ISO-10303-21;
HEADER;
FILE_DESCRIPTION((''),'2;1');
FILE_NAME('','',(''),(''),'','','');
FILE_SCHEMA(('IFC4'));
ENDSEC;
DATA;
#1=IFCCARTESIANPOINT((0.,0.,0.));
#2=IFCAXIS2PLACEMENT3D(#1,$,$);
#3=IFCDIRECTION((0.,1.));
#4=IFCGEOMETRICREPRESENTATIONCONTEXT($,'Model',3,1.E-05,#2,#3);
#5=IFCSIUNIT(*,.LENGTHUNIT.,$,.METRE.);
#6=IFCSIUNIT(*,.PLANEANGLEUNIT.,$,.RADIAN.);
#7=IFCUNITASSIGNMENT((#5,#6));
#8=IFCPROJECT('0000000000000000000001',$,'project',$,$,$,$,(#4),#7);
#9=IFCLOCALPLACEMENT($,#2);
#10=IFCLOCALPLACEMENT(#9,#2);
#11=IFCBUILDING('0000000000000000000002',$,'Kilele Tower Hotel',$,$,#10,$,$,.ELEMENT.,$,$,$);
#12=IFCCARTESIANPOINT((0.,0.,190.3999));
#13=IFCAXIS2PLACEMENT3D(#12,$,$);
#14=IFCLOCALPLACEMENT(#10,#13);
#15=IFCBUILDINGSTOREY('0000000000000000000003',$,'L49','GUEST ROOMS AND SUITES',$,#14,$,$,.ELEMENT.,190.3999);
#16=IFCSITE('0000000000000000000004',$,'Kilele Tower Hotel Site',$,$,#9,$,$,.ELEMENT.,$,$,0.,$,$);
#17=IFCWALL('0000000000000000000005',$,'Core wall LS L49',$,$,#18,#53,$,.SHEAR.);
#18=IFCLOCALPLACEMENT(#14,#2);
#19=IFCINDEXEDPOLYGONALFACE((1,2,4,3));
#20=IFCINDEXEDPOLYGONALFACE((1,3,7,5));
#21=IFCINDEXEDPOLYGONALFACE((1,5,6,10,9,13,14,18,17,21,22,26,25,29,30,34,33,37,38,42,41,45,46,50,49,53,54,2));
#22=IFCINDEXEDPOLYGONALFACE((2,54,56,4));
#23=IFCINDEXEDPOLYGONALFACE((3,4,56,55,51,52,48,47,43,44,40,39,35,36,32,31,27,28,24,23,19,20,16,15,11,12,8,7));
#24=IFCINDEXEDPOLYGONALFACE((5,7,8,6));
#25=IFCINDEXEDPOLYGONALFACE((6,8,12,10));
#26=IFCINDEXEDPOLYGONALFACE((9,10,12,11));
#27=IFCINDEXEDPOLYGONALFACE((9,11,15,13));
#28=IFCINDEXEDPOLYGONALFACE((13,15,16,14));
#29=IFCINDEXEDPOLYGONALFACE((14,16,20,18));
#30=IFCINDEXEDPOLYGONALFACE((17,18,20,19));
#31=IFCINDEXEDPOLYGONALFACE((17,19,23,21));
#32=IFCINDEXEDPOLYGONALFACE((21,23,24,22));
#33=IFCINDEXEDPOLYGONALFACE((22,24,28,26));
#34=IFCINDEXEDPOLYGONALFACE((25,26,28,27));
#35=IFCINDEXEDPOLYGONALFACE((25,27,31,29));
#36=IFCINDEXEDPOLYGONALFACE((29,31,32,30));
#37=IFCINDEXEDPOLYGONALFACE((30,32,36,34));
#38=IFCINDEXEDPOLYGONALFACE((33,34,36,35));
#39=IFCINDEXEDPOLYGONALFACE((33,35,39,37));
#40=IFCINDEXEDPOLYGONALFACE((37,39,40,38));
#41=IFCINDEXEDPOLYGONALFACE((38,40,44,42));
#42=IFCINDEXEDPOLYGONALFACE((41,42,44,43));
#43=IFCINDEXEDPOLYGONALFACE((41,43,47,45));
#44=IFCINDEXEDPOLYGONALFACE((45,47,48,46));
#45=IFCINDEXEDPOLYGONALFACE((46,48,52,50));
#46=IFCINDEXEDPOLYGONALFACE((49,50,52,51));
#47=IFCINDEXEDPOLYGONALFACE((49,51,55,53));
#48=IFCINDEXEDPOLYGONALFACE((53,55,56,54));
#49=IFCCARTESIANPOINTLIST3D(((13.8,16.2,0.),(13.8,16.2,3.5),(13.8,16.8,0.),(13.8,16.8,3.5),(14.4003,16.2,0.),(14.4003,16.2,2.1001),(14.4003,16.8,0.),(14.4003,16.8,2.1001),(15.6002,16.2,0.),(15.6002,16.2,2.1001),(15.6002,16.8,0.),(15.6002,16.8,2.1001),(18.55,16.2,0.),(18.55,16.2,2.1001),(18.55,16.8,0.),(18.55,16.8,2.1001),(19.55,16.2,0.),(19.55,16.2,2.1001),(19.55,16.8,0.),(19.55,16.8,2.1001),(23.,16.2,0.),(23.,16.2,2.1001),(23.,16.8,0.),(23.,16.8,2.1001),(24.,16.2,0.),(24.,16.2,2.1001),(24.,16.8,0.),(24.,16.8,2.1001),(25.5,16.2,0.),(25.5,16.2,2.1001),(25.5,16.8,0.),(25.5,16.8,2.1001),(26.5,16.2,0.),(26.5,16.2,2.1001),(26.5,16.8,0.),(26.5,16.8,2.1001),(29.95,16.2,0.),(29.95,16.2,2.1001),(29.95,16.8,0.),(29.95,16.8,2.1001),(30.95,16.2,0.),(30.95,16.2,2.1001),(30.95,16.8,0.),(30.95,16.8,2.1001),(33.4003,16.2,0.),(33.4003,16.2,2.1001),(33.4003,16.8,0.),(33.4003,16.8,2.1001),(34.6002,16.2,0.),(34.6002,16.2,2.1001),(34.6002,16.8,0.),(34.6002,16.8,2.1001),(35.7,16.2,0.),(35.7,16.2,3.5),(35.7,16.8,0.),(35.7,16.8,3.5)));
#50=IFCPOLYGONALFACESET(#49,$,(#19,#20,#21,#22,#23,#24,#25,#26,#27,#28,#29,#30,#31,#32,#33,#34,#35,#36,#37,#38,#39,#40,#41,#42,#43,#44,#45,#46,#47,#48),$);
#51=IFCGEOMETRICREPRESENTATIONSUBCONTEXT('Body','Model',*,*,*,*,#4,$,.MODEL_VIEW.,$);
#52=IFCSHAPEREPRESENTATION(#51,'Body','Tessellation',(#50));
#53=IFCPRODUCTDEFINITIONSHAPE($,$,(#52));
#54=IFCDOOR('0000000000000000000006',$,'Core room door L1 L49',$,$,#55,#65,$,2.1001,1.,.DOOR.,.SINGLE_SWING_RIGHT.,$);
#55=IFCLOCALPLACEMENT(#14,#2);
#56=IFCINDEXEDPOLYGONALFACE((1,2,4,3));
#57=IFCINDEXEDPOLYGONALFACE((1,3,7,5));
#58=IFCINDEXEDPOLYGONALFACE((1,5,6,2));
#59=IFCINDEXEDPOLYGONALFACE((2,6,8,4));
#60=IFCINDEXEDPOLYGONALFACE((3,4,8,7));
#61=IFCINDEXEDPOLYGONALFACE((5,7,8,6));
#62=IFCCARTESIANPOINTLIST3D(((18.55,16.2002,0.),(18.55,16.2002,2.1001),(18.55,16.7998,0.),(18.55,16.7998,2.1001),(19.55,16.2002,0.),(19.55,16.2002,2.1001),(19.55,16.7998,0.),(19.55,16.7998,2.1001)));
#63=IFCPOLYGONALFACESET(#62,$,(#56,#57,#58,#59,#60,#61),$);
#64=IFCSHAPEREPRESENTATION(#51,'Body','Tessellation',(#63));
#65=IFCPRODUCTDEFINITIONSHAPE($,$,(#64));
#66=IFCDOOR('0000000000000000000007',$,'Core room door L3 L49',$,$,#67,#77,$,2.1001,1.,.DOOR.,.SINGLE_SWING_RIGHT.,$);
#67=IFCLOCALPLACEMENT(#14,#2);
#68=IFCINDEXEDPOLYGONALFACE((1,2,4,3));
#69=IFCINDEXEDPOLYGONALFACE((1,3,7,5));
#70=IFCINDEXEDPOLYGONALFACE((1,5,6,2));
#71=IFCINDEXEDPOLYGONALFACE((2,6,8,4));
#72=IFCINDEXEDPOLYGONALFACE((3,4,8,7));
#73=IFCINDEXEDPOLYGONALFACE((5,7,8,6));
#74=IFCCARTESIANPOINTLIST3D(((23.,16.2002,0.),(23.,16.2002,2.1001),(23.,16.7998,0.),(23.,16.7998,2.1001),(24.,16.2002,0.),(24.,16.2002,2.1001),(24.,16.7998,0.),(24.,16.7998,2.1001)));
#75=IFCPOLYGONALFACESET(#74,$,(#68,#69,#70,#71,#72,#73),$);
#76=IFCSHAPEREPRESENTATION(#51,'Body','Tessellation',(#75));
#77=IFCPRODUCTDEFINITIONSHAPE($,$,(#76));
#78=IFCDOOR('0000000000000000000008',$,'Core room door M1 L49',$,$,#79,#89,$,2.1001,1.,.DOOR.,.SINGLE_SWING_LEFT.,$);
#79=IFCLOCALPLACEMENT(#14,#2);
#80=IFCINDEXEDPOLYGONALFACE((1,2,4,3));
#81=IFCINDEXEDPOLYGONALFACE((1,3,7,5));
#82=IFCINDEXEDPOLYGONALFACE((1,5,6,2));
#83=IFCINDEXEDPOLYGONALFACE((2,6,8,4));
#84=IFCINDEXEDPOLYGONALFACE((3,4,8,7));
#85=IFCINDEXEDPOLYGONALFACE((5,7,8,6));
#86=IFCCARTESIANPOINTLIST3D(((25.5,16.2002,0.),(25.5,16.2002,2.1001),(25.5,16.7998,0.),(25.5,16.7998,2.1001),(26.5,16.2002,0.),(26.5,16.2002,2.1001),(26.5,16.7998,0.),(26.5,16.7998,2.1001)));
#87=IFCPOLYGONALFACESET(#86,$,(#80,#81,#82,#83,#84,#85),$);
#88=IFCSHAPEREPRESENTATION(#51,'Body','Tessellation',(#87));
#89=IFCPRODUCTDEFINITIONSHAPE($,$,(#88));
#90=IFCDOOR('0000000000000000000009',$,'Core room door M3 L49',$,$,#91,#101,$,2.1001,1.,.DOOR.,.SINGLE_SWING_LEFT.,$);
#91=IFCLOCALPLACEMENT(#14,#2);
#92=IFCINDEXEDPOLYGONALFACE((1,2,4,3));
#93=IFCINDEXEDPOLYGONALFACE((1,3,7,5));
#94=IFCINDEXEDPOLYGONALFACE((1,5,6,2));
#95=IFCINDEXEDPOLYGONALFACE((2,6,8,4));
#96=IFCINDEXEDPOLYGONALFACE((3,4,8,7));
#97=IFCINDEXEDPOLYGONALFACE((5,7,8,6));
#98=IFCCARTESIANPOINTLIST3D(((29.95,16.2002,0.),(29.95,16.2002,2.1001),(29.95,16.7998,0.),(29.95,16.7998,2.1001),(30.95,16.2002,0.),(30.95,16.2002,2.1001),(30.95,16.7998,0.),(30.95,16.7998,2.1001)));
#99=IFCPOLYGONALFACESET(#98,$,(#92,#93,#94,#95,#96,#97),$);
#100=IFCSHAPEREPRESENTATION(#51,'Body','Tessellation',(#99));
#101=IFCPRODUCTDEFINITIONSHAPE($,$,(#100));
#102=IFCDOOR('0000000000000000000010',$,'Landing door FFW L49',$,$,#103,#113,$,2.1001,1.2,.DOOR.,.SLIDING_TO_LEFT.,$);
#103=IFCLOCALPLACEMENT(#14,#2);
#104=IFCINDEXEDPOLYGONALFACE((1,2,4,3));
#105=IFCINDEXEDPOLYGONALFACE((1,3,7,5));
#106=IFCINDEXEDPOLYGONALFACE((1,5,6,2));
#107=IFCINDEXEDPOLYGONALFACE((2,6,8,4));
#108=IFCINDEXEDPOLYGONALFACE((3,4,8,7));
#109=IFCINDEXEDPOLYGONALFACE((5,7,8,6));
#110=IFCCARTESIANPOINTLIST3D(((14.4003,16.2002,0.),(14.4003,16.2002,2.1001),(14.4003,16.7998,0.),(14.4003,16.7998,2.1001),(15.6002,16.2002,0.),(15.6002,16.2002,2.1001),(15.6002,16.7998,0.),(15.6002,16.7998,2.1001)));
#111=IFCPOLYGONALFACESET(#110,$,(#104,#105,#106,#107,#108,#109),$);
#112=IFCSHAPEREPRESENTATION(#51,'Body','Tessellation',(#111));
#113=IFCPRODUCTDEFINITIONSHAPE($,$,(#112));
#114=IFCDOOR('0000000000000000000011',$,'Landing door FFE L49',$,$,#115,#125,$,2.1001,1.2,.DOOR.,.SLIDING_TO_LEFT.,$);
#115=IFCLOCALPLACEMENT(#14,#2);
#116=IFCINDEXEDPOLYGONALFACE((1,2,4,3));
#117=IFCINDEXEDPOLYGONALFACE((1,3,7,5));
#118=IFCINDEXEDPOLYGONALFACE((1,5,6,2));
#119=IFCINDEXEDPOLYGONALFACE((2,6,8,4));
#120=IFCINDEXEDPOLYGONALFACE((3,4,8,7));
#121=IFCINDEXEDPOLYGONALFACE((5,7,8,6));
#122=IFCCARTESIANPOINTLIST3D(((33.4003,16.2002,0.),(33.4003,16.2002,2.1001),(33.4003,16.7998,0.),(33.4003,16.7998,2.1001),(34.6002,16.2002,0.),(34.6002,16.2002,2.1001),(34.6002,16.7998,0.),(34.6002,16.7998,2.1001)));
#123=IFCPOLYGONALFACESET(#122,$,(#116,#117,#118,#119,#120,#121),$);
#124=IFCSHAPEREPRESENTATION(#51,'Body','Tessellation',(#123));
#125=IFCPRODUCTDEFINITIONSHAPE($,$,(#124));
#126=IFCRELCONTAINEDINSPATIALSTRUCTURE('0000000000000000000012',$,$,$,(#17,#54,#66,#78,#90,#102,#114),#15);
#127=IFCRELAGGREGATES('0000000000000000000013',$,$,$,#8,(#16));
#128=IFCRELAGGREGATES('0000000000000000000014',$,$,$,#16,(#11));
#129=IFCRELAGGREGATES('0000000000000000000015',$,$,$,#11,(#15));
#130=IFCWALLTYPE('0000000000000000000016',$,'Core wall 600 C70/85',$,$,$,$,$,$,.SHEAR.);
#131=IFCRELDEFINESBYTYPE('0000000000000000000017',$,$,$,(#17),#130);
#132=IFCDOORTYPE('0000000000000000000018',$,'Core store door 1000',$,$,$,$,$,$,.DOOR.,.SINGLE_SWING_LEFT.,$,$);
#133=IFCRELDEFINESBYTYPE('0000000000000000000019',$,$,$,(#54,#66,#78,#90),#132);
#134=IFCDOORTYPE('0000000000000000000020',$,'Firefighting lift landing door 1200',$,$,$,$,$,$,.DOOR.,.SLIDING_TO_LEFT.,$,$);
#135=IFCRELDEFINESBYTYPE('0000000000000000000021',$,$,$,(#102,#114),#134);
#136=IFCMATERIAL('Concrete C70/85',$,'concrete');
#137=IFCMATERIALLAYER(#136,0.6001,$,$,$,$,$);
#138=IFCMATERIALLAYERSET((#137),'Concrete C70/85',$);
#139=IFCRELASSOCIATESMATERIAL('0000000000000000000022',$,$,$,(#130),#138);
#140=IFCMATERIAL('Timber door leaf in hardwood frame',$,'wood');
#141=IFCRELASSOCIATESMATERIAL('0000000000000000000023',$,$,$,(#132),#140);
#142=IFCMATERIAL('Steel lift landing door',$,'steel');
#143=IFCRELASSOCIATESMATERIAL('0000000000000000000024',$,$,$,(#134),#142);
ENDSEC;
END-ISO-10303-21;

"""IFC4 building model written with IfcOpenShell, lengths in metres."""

from ifc_helpers import new_model, si_unit, direction, frame, frame_2d, origin, place, context, subcontext, project, spatial, rectangle, extrude, material, layer, layer_set, type_object, element, fill, save


model = new_model("IFC4")

# Units and contexts
model_context = context("Model", 3, precision=1e-05, world=origin(), true_north=direction((0.0, 1.0)))
body_context = subcontext(model_context, "Body", "Model", "MODEL_VIEW")
ifc_project = project(units=[si_unit("LENGTHUNIT", "METRE"), si_unit("PLANEANGLEUNIT", "RADIAN")], contexts=[model_context])

# Site, building, storey
site_placement = place(None, origin())
site = spatial("IfcSite", under=ifc_project, at=site_placement, Name="Kilele Tower Hotel Site", CompositionType="ELEMENT", RefElevation=0.0)
building_placement = place(site_placement, origin())
building = spatial("IfcBuilding", under=site, at=building_placement, Name="Kilele Tower Hotel", CompositionType="ELEMENT")
storey_placement = place(building_placement, frame((0.0, 0.0, 190.3999)))
storey = spatial("IfcBuildingStorey", under=building, at=storey_placement, Name="L49", Description="GUEST ROOMS AND SUITES", CompositionType="ELEMENT", Elevation=190.3999)

# Wall, openings, doors
ifc_material_1 = material(Name="Concrete C70/85", Category="concrete")
ifc_layer = layer(ifc_material_1, 0.6001)
ifc_layer_set = layer_set([ifc_layer], Name="Concrete C70/85")
wall_type = type_object("IfcWallType", Name="Core wall 600 C70/85", PredefinedType="SHEAR", material=ifc_layer_set)
wall_1_placement = place(storey_placement, frame((13.8, 16.5, 0.0), z_axis=(0.0, 0.0, 1.0), x_axis=(1.0, 0.0, 0.0)))
wall_1 = element("IfcWall", 1, at=wall_1_placement, inside=storey, type_object=wall_type, Name="Core wall LS L49", PredefinedType="SHEAR", context=body_context, shape_type="SweptSolid", body=[
    extrude(rectangle(XDim=21.8999, YDim=0.6001, at=frame_2d((10.95, 0.0))), origin(), (0.0, 0.0, 1.0), 3.5),
])
opening_1_placement = place(wall_1_placement, frame((5.75, 0.0, 0.0), z_axis=(0.0, 0.0, 1.0), x_axis=(-1.0, 0.0, 0.0)))
opening_1 = element("IfcOpeningElement", 2, at=opening_1_placement, cuts=wall_1, PredefinedType="OPENING", context=body_context, shape_type="SweptSolid", body=[
    extrude(rectangle(XDim=1.0, YDim=2.1001, at=frame_2d((0.5, 1.05))), frame((0.0, 0.3101, 0.0), z_axis=(0.0, -1.0, 0.0), x_axis=(1.0, 0.0, 0.0)), (0.0, 0.0, 1.0), 0.6201),
])
opening_2_placement = place(wall_1_placement, frame((10.2, 0.0, 0.0), z_axis=(0.0, 0.0, 1.0), x_axis=(-1.0, 0.0, 0.0)))
opening_2 = element("IfcOpeningElement", 3, at=opening_2_placement, cuts=wall_1, PredefinedType="OPENING", context=body_context, shape_type="SweptSolid", body=[
    extrude(rectangle(XDim=1.0, YDim=2.1001, at=frame_2d((0.5, 1.05))), frame((0.0, 0.3101, 0.0), z_axis=(0.0, -1.0, 0.0), x_axis=(1.0, 0.0, 0.0)), (0.0, 0.0, 1.0), 0.6201),
])
opening_3_placement = place(wall_1_placement, frame((12.7, 0.0, 0.0), z_axis=(0.0, 0.0, 1.0), x_axis=(-1.0, 0.0, 0.0)))
opening_3 = element("IfcOpeningElement", 4, at=opening_3_placement, cuts=wall_1, PredefinedType="OPENING", context=body_context, shape_type="SweptSolid", body=[
    extrude(rectangle(XDim=1.0, YDim=2.1001, at=frame_2d((0.5, 1.05))), frame((0.0, 0.3101, 0.0), z_axis=(0.0, -1.0, 0.0), x_axis=(1.0, 0.0, 0.0)), (0.0, 0.0, 1.0), 0.6201),
])
opening_4_placement = place(wall_1_placement, frame((17.1499, 0.0, 0.0), z_axis=(0.0, 0.0, 1.0), x_axis=(-1.0, 0.0, 0.0)))
opening_4 = element("IfcOpeningElement", 5, at=opening_4_placement, cuts=wall_1, PredefinedType="OPENING", context=body_context, shape_type="SweptSolid", body=[
    extrude(rectangle(XDim=1.0, YDim=2.1001, at=frame_2d((0.5, 1.05))), frame((0.0, 0.3101, 0.0), z_axis=(0.0, -1.0, 0.0), x_axis=(1.0, 0.0, 0.0)), (0.0, 0.0, 1.0), 0.6201),
])
opening_5_placement = place(wall_1_placement, frame((0.6001, 0.0, 0.0)))
opening_5 = element("IfcOpeningElement", 6, at=opening_5_placement, cuts=wall_1, PredefinedType="OPENING", context=body_context, shape_type="SweptSolid", body=[
    extrude(rectangle(XDim=1.2, YDim=2.1001, at=frame_2d((0.6001, 1.05))), frame((0.0, 0.3101, 0.0), z_axis=(0.0, -1.0, 0.0), x_axis=(1.0, 0.0, 0.0)), (0.0, 0.0, 1.0), 0.6201),
])
opening_6_placement = place(wall_1_placement, frame((19.6001, 0.0, 0.0)))
opening_6 = element("IfcOpeningElement", 7, at=opening_6_placement, cuts=wall_1, PredefinedType="OPENING", context=body_context, shape_type="SweptSolid", body=[
    extrude(rectangle(XDim=1.2, YDim=2.1001, at=frame_2d((0.6001, 1.05))), frame((0.0, 0.3101, 0.0), z_axis=(0.0, -1.0, 0.0), x_axis=(1.0, 0.0, 0.0)), (0.0, 0.0, 1.0), 0.6201),
])
ifc_material_2 = material(Name="Timber door leaf in hardwood frame", Category="wood")
door_type_1 = type_object("IfcDoorType", Name="Core store door 1000", OperationType="SINGLE_SWING_LEFT", PredefinedType="DOOR", material=ifc_material_2)
door_1_placement = place(opening_1_placement, origin())
door_1 = element("IfcDoor", 8, at=door_1_placement, inside=storey, type_object=door_type_1, Name="Core room door L1 L49", OperationType="SINGLE_SWING_RIGHT", OverallHeight=2.1001, OverallWidth=1.0, PredefinedType="DOOR", context=body_context, shape_type="SweptSolid", body=[
    extrude(rectangle(XDim=1.0, YDim=2.1001, at=frame_2d((0.5, 1.05))), frame((0.0, 0.2998, 0.0), z_axis=(0.0, -1.0, 0.0), x_axis=(1.0, 0.0, 0.0)), (0.0, 0.0, 1.0), 0.5996),
])
fill(opening_1, door_1)
door_2_placement = place(opening_2_placement, origin())
door_2 = element("IfcDoor", 9, at=door_2_placement, inside=storey, type_object=door_type_1, Name="Core room door L3 L49", OperationType="SINGLE_SWING_RIGHT", OverallHeight=2.1001, OverallWidth=1.0, PredefinedType="DOOR", context=body_context, shape_type="SweptSolid", body=[
    extrude(rectangle(XDim=1.0, YDim=2.1001, at=frame_2d((0.5, 1.05))), frame((0.0, 0.2998, 0.0), z_axis=(0.0, -1.0, 0.0), x_axis=(1.0, 0.0, 0.0)), (0.0, 0.0, 1.0), 0.5996),
])
fill(opening_2, door_2)
door_3_placement = place(opening_3_placement, origin())
door_3 = element("IfcDoor", 10, at=door_3_placement, inside=storey, type_object=door_type_1, Name="Core room door M1 L49", OperationType="SINGLE_SWING_LEFT", OverallHeight=2.1001, OverallWidth=1.0, PredefinedType="DOOR", context=body_context, shape_type="SweptSolid", body=[
    extrude(rectangle(XDim=1.0, YDim=2.1001, at=frame_2d((0.5, 1.05))), frame((0.0, 0.2998, 0.0), z_axis=(0.0, -1.0, 0.0), x_axis=(1.0, 0.0, 0.0)), (0.0, 0.0, 1.0), 0.5996),
])
fill(opening_3, door_3)
door_4_placement = place(opening_4_placement, origin())
door_4 = element("IfcDoor", 11, at=door_4_placement, inside=storey, type_object=door_type_1, Name="Core room door M3 L49", OperationType="SINGLE_SWING_LEFT", OverallHeight=2.1001, OverallWidth=1.0, PredefinedType="DOOR", context=body_context, shape_type="SweptSolid", body=[
    extrude(rectangle(XDim=1.0, YDim=2.1001, at=frame_2d((0.5, 1.05))), frame((0.0, 0.2998, 0.0), z_axis=(0.0, -1.0, 0.0), x_axis=(1.0, 0.0, 0.0)), (0.0, 0.0, 1.0), 0.5996),
])
fill(opening_4, door_4)
ifc_material_3 = material(Name="Steel lift landing door", Category="steel")
door_type_2 = type_object("IfcDoorType", Name="Firefighting lift landing door 1200", OperationType="SLIDING_TO_LEFT", PredefinedType="DOOR", material=ifc_material_3)
door_5_placement = place(opening_5_placement, origin())
door_5 = element("IfcDoor", 12, at=door_5_placement, inside=storey, type_object=door_type_2, Name="Landing door FFW L49", OperationType="SLIDING_TO_LEFT", OverallHeight=2.1001, OverallWidth=1.2, PredefinedType="DOOR", context=body_context, shape_type="SweptSolid", body=[
    extrude(rectangle(XDim=1.2, YDim=2.1001, at=frame_2d((0.6001, 1.05))), frame((0.0, 0.2998, 0.0), z_axis=(0.0, -1.0, 0.0), x_axis=(1.0, 0.0, 0.0)), (0.0, 0.0, 1.0), 0.5996),
])
fill(opening_5, door_5)
door_6_placement = place(opening_6_placement, origin())
door_6 = element("IfcDoor", 13, at=door_6_placement, inside=storey, type_object=door_type_2, Name="Landing door FFE L49", OperationType="SLIDING_TO_LEFT", OverallHeight=2.1001, OverallWidth=1.2, PredefinedType="DOOR", context=body_context, shape_type="SweptSolid", body=[
    extrude(rectangle(XDim=1.2, YDim=2.1001, at=frame_2d((0.6001, 1.05))), frame((0.0, 0.2998, 0.0), z_axis=(0.0, -1.0, 0.0), x_axis=(1.0, 0.0, 0.0)), (0.0, 0.0, 1.0), 0.5996),
])
fill(opening_6, door_6)

save(model, "model.ifc")
